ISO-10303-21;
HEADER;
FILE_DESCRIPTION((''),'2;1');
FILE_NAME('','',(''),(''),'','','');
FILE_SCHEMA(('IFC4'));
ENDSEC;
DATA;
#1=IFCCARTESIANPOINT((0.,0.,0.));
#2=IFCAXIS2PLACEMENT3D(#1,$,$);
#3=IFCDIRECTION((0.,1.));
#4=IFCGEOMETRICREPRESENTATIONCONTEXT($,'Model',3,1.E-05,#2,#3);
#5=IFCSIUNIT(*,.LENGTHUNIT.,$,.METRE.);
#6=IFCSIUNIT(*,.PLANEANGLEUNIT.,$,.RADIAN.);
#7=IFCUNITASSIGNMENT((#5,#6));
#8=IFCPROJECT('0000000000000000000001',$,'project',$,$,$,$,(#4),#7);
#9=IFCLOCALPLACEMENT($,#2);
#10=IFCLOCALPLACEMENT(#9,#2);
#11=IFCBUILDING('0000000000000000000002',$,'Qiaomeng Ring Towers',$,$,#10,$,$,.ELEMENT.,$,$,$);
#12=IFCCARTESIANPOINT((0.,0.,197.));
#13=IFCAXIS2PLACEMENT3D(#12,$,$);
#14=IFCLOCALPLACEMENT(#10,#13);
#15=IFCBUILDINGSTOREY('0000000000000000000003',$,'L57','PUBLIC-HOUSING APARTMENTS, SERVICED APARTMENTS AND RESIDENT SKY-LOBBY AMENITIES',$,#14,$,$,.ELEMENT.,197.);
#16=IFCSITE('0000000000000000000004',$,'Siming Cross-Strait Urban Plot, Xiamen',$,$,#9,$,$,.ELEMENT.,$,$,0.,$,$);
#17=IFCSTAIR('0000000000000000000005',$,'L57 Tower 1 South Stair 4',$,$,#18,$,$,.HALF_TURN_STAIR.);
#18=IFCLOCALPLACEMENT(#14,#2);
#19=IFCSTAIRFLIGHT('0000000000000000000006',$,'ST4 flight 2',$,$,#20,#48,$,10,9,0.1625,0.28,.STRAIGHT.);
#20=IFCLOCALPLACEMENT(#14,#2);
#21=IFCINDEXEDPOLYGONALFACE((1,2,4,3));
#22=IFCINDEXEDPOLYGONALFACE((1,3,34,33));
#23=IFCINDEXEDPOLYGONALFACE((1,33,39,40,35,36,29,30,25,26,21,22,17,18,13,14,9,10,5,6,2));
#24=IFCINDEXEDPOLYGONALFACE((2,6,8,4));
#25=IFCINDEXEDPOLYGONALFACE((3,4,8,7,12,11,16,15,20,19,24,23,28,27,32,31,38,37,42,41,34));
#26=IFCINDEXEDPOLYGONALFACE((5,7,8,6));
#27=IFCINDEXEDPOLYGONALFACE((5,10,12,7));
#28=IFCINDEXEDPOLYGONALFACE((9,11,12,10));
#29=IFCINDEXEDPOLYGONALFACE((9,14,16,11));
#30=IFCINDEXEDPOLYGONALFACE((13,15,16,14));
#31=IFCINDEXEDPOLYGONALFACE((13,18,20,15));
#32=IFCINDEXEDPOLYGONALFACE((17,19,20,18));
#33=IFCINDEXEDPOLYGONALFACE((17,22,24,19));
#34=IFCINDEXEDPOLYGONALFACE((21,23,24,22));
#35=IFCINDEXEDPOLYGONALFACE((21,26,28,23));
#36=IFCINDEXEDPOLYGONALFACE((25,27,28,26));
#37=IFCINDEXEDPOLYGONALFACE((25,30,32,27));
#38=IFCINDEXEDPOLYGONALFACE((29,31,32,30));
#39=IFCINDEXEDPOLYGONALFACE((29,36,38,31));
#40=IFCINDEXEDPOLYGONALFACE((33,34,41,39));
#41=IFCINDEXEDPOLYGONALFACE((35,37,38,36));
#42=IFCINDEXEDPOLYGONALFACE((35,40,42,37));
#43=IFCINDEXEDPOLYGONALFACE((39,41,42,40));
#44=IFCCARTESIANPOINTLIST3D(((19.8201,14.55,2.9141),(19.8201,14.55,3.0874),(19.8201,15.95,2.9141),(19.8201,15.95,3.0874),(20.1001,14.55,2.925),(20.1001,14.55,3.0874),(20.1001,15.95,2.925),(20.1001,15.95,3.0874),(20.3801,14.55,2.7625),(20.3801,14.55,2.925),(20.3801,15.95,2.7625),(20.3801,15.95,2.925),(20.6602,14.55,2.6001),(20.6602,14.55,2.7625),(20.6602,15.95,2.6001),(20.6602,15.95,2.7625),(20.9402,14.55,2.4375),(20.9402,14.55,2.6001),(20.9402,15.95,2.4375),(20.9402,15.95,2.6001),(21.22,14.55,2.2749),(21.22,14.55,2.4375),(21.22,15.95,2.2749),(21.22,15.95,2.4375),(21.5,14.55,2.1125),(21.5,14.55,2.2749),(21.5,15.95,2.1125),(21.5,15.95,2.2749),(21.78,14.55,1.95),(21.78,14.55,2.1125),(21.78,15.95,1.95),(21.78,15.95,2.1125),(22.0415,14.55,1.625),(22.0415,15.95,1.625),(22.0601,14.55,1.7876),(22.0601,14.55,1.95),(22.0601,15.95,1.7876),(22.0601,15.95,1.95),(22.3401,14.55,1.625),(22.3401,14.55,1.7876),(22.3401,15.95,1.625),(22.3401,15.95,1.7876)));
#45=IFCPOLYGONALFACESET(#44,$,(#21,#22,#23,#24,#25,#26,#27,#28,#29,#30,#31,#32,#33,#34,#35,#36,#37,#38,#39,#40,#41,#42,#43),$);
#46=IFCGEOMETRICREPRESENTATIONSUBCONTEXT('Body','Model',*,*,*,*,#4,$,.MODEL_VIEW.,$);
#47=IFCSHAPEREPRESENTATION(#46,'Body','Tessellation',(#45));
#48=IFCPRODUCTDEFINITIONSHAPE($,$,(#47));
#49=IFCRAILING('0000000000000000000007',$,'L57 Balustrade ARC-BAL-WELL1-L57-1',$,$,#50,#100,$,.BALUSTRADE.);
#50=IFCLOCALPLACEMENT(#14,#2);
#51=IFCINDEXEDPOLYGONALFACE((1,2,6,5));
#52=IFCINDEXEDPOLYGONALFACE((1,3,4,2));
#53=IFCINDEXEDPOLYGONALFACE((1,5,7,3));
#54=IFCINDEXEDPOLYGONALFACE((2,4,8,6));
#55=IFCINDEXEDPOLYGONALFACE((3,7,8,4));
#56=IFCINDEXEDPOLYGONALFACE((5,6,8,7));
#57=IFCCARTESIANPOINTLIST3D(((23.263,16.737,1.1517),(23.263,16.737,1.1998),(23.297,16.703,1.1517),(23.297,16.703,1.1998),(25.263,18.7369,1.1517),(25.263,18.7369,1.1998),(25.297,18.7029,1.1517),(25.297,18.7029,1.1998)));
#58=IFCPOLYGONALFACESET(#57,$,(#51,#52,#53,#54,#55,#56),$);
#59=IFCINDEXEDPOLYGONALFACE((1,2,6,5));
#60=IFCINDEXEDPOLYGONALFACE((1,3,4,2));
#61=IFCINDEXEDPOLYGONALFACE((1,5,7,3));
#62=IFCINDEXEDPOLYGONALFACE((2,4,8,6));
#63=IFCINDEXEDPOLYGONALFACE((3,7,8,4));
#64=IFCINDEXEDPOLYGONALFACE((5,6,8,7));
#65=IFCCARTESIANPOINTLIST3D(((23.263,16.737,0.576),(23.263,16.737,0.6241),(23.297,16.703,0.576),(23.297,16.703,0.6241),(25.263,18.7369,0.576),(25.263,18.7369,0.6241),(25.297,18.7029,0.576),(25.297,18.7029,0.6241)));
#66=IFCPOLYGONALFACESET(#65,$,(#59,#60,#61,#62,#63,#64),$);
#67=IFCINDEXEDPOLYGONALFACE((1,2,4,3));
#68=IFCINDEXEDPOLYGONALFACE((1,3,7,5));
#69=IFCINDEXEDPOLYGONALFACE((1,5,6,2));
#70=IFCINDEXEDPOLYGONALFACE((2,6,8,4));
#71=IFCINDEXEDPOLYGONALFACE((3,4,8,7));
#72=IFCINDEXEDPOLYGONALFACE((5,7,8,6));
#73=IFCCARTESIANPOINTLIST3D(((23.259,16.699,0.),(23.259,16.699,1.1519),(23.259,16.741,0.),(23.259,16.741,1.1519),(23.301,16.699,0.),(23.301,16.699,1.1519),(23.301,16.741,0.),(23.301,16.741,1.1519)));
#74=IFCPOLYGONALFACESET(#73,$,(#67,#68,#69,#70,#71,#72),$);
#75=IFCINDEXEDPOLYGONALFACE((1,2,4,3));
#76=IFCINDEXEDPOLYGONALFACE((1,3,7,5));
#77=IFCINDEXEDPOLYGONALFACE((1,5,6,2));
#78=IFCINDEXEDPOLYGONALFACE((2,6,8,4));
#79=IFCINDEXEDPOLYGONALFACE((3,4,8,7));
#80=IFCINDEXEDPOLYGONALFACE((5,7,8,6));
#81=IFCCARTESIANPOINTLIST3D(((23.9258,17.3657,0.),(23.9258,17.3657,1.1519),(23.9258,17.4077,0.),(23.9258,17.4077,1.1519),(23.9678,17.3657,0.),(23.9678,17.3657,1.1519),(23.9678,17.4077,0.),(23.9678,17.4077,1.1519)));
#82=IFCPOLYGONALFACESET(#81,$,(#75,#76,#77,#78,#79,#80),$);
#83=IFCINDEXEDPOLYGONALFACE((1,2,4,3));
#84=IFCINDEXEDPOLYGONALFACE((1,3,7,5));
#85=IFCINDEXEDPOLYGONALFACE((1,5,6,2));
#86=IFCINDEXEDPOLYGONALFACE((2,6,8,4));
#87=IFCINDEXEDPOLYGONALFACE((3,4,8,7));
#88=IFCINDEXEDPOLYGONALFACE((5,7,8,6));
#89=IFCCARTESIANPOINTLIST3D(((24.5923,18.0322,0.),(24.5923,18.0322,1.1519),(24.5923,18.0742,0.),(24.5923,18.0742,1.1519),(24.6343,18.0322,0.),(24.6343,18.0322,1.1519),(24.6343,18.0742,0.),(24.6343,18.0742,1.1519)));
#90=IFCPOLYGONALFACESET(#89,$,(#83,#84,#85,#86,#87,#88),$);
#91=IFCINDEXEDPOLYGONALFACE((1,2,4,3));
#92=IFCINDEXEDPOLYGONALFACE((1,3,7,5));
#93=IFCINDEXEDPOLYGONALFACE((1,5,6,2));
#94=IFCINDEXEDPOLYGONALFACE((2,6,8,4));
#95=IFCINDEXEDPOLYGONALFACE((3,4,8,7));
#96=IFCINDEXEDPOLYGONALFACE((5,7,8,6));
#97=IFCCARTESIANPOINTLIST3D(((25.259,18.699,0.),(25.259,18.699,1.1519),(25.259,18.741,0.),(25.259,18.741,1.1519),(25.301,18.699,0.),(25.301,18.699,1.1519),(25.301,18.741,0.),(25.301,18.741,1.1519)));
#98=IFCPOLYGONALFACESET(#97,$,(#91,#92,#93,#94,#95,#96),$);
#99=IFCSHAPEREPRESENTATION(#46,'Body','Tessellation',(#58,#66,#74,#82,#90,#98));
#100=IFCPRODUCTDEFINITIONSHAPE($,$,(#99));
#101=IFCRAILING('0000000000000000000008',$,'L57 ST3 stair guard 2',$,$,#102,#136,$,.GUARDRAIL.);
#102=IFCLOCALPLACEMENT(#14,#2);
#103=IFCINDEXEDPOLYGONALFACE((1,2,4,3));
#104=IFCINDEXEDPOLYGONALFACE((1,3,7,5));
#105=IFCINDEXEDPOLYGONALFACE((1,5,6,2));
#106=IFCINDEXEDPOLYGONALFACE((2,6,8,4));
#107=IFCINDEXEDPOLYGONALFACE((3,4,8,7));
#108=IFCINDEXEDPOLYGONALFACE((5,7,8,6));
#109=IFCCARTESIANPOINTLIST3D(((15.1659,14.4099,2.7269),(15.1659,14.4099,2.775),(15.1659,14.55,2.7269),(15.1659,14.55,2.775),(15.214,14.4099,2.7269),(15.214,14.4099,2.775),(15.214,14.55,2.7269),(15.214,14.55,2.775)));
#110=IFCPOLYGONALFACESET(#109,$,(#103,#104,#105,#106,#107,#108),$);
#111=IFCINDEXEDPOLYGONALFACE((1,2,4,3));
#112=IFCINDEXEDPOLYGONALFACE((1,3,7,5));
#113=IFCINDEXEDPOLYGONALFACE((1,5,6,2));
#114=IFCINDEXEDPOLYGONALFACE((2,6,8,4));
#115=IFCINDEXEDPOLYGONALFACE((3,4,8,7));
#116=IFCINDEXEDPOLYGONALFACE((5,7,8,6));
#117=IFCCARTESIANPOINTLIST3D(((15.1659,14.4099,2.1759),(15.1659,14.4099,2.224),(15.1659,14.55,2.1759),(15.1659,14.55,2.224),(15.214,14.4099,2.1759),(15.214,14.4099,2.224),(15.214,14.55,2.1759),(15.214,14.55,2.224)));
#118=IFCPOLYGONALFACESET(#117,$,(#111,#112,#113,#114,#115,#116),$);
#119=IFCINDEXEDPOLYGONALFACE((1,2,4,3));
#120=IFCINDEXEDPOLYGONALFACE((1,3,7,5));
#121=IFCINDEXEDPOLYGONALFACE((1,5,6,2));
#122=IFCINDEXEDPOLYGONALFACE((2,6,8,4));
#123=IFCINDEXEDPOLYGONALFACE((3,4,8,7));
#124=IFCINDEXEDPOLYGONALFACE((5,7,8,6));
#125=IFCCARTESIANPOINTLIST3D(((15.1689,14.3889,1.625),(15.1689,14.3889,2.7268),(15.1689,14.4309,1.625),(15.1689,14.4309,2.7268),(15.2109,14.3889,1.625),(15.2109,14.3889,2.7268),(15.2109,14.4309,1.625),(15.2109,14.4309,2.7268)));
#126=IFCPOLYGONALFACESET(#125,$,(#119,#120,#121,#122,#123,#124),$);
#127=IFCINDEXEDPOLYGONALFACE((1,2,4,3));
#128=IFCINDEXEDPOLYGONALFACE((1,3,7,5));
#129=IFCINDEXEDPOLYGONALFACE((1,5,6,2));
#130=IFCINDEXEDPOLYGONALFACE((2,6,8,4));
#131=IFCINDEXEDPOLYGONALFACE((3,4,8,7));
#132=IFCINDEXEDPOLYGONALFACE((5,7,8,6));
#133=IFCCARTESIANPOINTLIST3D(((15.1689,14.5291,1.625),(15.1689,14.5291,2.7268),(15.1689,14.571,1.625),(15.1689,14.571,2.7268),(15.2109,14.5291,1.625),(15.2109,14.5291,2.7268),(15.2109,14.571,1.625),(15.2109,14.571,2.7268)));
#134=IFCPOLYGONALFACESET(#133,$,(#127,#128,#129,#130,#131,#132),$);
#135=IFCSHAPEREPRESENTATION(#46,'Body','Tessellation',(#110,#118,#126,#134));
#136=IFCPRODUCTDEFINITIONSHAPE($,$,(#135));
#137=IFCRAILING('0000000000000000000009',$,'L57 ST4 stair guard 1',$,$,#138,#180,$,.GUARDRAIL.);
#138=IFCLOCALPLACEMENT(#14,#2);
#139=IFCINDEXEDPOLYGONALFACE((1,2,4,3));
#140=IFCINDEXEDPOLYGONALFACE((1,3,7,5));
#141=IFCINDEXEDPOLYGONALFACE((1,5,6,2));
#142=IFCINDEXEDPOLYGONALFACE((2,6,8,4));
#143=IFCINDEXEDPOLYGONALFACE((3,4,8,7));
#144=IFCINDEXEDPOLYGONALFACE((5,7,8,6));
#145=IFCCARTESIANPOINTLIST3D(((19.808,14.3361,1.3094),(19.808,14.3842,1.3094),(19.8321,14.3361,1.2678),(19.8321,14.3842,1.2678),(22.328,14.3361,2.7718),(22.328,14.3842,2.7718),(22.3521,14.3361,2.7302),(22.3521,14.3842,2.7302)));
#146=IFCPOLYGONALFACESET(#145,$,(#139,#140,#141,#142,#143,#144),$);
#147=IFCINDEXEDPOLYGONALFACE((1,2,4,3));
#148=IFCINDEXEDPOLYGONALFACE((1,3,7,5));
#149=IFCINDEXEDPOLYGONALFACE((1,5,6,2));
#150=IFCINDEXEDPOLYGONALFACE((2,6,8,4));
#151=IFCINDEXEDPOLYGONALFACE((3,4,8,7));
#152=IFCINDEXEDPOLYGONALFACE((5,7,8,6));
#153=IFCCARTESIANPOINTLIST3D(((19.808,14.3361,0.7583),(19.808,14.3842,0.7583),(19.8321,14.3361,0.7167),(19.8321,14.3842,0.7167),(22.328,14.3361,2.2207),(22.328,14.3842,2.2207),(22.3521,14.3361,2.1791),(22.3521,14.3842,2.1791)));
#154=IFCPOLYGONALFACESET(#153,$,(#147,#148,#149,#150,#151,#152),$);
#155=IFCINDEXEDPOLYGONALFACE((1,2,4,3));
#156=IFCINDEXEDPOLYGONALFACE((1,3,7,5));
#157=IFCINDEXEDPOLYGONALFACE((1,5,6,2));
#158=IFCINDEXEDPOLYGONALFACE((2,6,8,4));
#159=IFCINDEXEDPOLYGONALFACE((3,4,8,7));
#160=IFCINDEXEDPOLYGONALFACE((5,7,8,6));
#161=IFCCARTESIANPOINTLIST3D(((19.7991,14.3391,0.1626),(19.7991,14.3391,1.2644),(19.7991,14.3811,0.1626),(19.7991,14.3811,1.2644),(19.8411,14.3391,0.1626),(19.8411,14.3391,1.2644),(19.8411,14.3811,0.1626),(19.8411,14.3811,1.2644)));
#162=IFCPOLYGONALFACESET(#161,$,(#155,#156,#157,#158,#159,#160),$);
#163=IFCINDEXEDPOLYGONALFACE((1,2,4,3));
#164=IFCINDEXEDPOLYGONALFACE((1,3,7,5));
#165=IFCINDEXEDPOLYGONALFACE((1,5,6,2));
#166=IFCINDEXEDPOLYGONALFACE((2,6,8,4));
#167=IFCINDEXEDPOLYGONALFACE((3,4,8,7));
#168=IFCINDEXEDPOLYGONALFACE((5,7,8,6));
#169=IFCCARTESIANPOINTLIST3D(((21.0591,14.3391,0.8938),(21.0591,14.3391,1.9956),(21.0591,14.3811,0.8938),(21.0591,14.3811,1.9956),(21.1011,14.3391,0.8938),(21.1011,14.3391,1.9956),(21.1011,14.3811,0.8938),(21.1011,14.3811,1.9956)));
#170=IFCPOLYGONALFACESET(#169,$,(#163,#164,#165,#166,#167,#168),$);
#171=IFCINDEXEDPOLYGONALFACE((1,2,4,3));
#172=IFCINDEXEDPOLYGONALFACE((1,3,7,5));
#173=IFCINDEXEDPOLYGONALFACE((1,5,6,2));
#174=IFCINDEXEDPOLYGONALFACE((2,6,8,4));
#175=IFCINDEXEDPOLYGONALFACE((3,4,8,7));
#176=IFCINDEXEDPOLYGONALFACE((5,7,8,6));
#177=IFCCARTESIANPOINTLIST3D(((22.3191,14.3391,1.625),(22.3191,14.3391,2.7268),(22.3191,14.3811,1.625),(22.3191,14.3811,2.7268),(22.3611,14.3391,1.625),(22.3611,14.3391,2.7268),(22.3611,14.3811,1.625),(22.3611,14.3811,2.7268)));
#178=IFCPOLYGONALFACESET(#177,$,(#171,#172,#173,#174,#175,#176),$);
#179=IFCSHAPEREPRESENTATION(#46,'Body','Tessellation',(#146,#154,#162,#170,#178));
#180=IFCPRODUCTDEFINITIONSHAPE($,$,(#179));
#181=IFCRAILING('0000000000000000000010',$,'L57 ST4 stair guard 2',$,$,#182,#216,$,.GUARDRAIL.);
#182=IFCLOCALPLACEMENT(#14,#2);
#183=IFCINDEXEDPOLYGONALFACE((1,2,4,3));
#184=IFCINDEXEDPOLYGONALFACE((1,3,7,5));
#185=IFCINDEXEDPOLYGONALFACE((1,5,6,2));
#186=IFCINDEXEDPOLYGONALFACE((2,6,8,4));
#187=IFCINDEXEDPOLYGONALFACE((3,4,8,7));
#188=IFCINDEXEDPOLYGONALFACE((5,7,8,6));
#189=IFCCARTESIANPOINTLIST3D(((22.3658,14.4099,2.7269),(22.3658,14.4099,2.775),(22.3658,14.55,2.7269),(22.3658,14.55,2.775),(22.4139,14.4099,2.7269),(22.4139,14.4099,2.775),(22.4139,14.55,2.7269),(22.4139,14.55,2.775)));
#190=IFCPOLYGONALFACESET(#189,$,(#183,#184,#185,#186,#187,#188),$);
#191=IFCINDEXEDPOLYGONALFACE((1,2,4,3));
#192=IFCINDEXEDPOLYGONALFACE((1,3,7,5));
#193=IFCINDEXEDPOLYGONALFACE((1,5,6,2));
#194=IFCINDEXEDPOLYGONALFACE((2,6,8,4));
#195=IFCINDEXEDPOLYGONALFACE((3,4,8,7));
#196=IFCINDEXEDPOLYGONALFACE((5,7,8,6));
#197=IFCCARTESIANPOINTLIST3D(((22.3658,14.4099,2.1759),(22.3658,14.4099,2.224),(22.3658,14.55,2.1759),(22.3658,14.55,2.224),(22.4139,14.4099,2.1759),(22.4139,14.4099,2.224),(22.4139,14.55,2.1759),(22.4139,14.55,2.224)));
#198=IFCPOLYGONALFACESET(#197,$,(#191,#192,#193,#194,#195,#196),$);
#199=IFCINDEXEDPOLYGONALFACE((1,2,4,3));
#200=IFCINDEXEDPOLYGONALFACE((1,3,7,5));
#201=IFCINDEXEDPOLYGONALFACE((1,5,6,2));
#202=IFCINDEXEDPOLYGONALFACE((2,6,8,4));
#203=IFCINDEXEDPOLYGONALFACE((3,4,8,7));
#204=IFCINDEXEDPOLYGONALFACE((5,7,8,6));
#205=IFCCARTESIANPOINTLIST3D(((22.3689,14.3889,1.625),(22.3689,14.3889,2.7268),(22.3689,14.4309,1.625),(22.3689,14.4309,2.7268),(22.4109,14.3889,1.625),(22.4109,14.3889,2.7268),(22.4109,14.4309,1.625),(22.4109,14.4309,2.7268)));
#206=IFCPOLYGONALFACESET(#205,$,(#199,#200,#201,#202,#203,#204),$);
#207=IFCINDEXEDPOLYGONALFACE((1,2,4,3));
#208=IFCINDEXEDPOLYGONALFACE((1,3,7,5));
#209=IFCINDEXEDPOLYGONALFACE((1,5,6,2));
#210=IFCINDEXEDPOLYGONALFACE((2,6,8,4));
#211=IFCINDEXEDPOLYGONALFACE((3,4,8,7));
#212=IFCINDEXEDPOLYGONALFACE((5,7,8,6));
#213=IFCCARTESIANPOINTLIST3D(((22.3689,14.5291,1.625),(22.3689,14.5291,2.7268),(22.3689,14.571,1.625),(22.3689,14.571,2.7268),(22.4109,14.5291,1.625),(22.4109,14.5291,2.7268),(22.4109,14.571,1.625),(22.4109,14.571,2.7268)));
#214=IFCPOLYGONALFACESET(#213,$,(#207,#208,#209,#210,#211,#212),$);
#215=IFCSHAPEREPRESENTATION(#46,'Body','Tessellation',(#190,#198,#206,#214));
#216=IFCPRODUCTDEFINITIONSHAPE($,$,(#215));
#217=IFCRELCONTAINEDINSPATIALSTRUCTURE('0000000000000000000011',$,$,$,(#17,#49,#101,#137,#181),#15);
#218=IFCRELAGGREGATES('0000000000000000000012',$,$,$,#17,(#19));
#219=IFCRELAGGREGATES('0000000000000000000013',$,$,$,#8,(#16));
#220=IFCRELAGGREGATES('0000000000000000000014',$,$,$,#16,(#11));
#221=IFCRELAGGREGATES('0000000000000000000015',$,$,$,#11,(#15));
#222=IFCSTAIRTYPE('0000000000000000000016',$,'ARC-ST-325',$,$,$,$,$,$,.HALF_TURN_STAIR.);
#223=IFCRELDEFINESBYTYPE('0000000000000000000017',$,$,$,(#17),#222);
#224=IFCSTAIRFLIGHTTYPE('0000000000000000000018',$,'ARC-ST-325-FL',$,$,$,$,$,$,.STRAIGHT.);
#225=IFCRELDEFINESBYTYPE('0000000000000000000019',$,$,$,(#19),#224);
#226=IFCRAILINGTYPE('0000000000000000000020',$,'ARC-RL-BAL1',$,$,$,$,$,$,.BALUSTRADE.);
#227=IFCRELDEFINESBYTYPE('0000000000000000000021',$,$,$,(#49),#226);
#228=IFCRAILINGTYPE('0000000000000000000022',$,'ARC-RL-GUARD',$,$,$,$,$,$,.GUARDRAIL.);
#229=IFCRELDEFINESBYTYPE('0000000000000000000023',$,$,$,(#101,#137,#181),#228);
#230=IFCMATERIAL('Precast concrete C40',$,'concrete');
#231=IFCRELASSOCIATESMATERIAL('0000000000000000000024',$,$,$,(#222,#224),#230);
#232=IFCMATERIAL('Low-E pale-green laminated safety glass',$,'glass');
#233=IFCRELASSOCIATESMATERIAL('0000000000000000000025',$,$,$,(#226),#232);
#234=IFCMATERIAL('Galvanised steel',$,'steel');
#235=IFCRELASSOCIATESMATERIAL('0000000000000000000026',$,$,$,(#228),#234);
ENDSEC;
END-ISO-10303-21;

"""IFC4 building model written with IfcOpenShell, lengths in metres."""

from ifc_helpers import new_model, si_unit, direction, frame, origin, origin_2d, place, context, subcontext, project, spatial, polyline, rectangle, outline, extrude, source, transform, mapped, material, type_object, element, aggregate, save


model = new_model("IFC4")

# Units and contexts
model_context = context("Model", 3, precision=1e-05, world=origin(), true_north=direction((0.0, 1.0)))
body_context = subcontext(model_context, "Body", "Model", "MODEL_VIEW")
ifc_project = project(units=[si_unit("LENGTHUNIT", "METRE"), si_unit("PLANEANGLEUNIT", "RADIAN")], contexts=[model_context])

# Site, building, storey
site_placement = place(None, origin())
site = spatial("IfcSite", under=ifc_project, at=site_placement, Name="Siming Cross-Strait Urban Plot, Xiamen", CompositionType="ELEMENT", RefElevation=0.0)
building_placement = place(site_placement, origin())
building = spatial("IfcBuilding", under=site, at=building_placement, Name="Qiaomeng Ring Towers", CompositionType="ELEMENT")
storey_placement = place(building_placement, frame((0.0, 0.0, 197.0)))
storey = spatial("IfcBuildingStorey", under=building, at=storey_placement, Name="L57", Description="PUBLIC-HOUSING APARTMENTS, SERVICED APARTMENTS AND RESIDENT SKY-LOBBY AMENITIES", CompositionType="ELEMENT", Elevation=197.0)

# Shared definitions
ifc_material_1 = material(Name="Galvanised steel", Category="steel")

# Stair, stair flight
ifc_material_2 = material(Name="Precast concrete C40", Category="concrete")
stair_type = type_object("IfcStairType", Name="ARC-ST-325", PredefinedType="HALF_TURN_STAIR", material=ifc_material_2)
stair_placement = place(storey_placement, origin())
stair = element("IfcStair", 1, at=stair_placement, inside=storey, type_object=stair_type, Name="L57 Tower 1 South Stair 4", PredefinedType="HALF_TURN_STAIR")
stair_flight_type = type_object("IfcStairFlightType", Name="ARC-ST-325-FL", PredefinedType="STRAIGHT", material=ifc_material_2)
shared_shape_1 = source(origin(), body_context, "Body", "SweptSolid", [
    extrude(outline(polyline([(0.0, 0.0), (0.0, 0.1626), (0.28, 0.1626), (0.28, 0.325), (0.5601, 0.325), (0.5601, 0.4875), (0.8401, 0.4875), (0.8401, 0.6499), (1.1201, 0.6499), (1.1201, 0.8125), (1.3999, 0.8125), (1.3999, 0.9751), (1.6799, 0.9751), (1.6799, 1.1375), (1.96, 1.1375), (1.96, 1.3), (2.24, 1.3), (2.24, 1.4624), (2.52, 1.4624), (2.52, 1.625), (2.52, 1.2891), (0.2986, 0.0), (0.0, 0.0)])), frame((0.0, 0.7, 0.0), z_axis=(0.0, -1.0, 0.0), x_axis=(1.0, 0.0, 0.0)), (0.0, 0.0, 1.0), 1.3999),
])
stair_flight_1_placement = place(storey_placement, frame((22.3401, 15.25, 1.625), z_axis=(0.0, 0.0, 1.0), x_axis=(-1.0, 0.0, 0.0)))
stair_flight_1 = element("IfcStairFlight", 2, at=stair_flight_1_placement, type_object=stair_flight_type, Name="ST4 flight 2", NumberOfRisers=10, NumberOfTreads=9, PredefinedType="STRAIGHT", RiserHeight=0.1625, TreadLength=0.28, context=body_context, shape_type="MappedRepresentation", body=[
    mapped(shared_shape_1, transform((0.0, 0.0, 0.0), x_axis=(1.0, 0.0, 0.0), y_axis=(0.0, 1.0, 0.0), z_axis=(0.0, 0.0, 1.0), scale=1.0)),
])
aggregate(stair, [stair_flight_1])

# Railings
ifc_material_3 = material(Name="Low-E pale-green laminated safety glass", Category="glass")
railing_type_1 = type_object("IfcRailingType", Name="ARC-RL-BAL1", PredefinedType="BALUSTRADE", material=ifc_material_3)
railing_1_placement = place(storey_placement, frame((23.28, 16.72, 0.0)))
element("IfcRailing", 3, at=railing_1_placement, inside=storey, type_object=railing_type_1, Name="L57 Balustrade ARC-BAL-WELL1-L57-1", PredefinedType="BALUSTRADE", context=body_context, shape_type="SweptSolid", body=[
    extrude(rectangle(XDim=0.0481, YDim=0.0481, at=origin_2d()), frame((0.0, 0.0, 1.1758), z_axis=(0.707107, 0.707107, 0.0), x_axis=(-0.707107, 0.707107, 0.0)), (0.0, 0.0, 1.0), 2.8284),
    extrude(rectangle(XDim=0.0481, YDim=0.0481, at=origin_2d()), frame((0.0, 0.0, 0.6001), z_axis=(0.707107, 0.707107, 0.0), x_axis=(-0.707107, 0.707107, 0.0)), (0.0, 0.0, 1.0), 2.8284),
    extrude(rectangle(XDim=0.042, YDim=0.042, at=origin_2d()), origin(), (0.0, 0.0, 1.0), 1.1519),
    extrude(rectangle(XDim=0.042, YDim=0.042, at=origin_2d()), frame((0.6667, 0.6667, 0.0)), (0.0, 0.0, 1.0), 1.1519),
    extrude(rectangle(XDim=0.042, YDim=0.042, at=origin_2d()), frame((1.3333, 1.3333, 0.0)), (0.0, 0.0, 1.0), 1.1519),
    extrude(rectangle(XDim=0.042, YDim=0.042, at=origin_2d()), frame((2.0, 2.0, 0.0)), (0.0, 0.0, 1.0), 1.1519),
])
railing_type_2 = type_object("IfcRailingType", Name="ARC-RL-GUARD", PredefinedType="GUARDRAIL", material=ifc_material_1)
railing_2_placement = place(storey_placement, frame((15.1899, 14.4099, 1.625)))
element("IfcRailing", 4, at=railing_2_placement, inside=storey, type_object=railing_type_2, Name="L57 ST3 stair guard 2", PredefinedType="GUARDRAIL", context=body_context, shape_type="SweptSolid", body=[
    extrude(rectangle(XDim=0.0481, YDim=0.0481, at=origin_2d()), frame((0.0, 0.0, 1.126), z_axis=(0.0, 1.0, 0.0), x_axis=(-1.0, 0.0, 0.0)), (0.0, 0.0, 1.0), 0.1401),
    extrude(rectangle(XDim=0.0481, YDim=0.0481, at=origin_2d()), frame((0.0, 0.0, 0.575), z_axis=(0.0, 1.0, 0.0), x_axis=(-1.0, 0.0, 0.0)), (0.0, 0.0, 1.0), 0.1401),
    extrude(rectangle(XDim=0.042, YDim=0.042, at=origin_2d()), origin(), (0.0, 0.0, 1.0), 1.1018),
    extrude(rectangle(XDim=0.042, YDim=0.042, at=origin_2d()), frame((0.0, 0.1401, 0.0)), (0.0, 0.0, 1.0), 1.1018),
])
railing_3_placement = place(storey_placement, frame((19.8201, 14.3601, 0.1626)))
element("IfcRailing", 5, at=railing_3_placement, inside=storey, type_object=railing_type_2, Name="L57 ST4 stair guard 1", PredefinedType="GUARDRAIL", context=body_context, shape_type="SweptSolid", body=[
    extrude(rectangle(XDim=0.0481, YDim=0.0481, at=origin_2d()), frame((0.0, 0.0, 1.126), z_axis=(0.864913, 0.0, 0.501921), x_axis=(0.0, 1.0, 0.0)), (0.0, 0.0, 1.0), 2.9136),
    extrude(rectangle(XDim=0.0481, YDim=0.0481, at=origin_2d()), frame((0.0, 0.0, 0.575), z_axis=(0.864913, 0.0, 0.501921), x_axis=(0.0, 1.0, 0.0)), (0.0, 0.0, 1.0), 2.9136),
    extrude(rectangle(XDim=0.042, YDim=0.042, at=origin_2d()), origin(), (0.0, 0.0, 1.0), 1.1018),
    extrude(rectangle(XDim=0.042, YDim=0.042, at=origin_2d()), frame((1.26, 0.0, 0.7312)), (0.0, 0.0, 1.0), 1.1018),
    extrude(rectangle(XDim=0.042, YDim=0.042, at=origin_2d()), frame((2.52, 0.0, 1.4624)), (0.0, 0.0, 1.0), 1.1018),
])
railing_4_placement = place(storey_placement, frame((22.3899, 14.4099, 1.625)))
element("IfcRailing", 6, at=railing_4_placement, inside=storey, type_object=railing_type_2, Name="L57 ST4 stair guard 2", PredefinedType="GUARDRAIL", context=body_context, shape_type="SweptSolid", body=[
    extrude(rectangle(XDim=0.0481, YDim=0.0481, at=origin_2d()), frame((0.0, 0.0, 1.126), z_axis=(0.0, 1.0, 0.0), x_axis=(-1.0, 0.0, 0.0)), (0.0, 0.0, 1.0), 0.1401),
    extrude(rectangle(XDim=0.0481, YDim=0.0481, at=origin_2d()), frame((0.0, 0.0, 0.575), z_axis=(0.0, 1.0, 0.0), x_axis=(-1.0, 0.0, 0.0)), (0.0, 0.0, 1.0), 0.1401),
    extrude(rectangle(XDim=0.042, YDim=0.042, at=origin_2d()), origin(), (0.0, 0.0, 1.0), 1.1018),
    extrude(rectangle(XDim=0.042, YDim=0.042, at=origin_2d()), frame((0.0, 0.1401, 0.0)), (0.0, 0.0, 1.0), 1.1018),
])

save(model, "model.ifc")
